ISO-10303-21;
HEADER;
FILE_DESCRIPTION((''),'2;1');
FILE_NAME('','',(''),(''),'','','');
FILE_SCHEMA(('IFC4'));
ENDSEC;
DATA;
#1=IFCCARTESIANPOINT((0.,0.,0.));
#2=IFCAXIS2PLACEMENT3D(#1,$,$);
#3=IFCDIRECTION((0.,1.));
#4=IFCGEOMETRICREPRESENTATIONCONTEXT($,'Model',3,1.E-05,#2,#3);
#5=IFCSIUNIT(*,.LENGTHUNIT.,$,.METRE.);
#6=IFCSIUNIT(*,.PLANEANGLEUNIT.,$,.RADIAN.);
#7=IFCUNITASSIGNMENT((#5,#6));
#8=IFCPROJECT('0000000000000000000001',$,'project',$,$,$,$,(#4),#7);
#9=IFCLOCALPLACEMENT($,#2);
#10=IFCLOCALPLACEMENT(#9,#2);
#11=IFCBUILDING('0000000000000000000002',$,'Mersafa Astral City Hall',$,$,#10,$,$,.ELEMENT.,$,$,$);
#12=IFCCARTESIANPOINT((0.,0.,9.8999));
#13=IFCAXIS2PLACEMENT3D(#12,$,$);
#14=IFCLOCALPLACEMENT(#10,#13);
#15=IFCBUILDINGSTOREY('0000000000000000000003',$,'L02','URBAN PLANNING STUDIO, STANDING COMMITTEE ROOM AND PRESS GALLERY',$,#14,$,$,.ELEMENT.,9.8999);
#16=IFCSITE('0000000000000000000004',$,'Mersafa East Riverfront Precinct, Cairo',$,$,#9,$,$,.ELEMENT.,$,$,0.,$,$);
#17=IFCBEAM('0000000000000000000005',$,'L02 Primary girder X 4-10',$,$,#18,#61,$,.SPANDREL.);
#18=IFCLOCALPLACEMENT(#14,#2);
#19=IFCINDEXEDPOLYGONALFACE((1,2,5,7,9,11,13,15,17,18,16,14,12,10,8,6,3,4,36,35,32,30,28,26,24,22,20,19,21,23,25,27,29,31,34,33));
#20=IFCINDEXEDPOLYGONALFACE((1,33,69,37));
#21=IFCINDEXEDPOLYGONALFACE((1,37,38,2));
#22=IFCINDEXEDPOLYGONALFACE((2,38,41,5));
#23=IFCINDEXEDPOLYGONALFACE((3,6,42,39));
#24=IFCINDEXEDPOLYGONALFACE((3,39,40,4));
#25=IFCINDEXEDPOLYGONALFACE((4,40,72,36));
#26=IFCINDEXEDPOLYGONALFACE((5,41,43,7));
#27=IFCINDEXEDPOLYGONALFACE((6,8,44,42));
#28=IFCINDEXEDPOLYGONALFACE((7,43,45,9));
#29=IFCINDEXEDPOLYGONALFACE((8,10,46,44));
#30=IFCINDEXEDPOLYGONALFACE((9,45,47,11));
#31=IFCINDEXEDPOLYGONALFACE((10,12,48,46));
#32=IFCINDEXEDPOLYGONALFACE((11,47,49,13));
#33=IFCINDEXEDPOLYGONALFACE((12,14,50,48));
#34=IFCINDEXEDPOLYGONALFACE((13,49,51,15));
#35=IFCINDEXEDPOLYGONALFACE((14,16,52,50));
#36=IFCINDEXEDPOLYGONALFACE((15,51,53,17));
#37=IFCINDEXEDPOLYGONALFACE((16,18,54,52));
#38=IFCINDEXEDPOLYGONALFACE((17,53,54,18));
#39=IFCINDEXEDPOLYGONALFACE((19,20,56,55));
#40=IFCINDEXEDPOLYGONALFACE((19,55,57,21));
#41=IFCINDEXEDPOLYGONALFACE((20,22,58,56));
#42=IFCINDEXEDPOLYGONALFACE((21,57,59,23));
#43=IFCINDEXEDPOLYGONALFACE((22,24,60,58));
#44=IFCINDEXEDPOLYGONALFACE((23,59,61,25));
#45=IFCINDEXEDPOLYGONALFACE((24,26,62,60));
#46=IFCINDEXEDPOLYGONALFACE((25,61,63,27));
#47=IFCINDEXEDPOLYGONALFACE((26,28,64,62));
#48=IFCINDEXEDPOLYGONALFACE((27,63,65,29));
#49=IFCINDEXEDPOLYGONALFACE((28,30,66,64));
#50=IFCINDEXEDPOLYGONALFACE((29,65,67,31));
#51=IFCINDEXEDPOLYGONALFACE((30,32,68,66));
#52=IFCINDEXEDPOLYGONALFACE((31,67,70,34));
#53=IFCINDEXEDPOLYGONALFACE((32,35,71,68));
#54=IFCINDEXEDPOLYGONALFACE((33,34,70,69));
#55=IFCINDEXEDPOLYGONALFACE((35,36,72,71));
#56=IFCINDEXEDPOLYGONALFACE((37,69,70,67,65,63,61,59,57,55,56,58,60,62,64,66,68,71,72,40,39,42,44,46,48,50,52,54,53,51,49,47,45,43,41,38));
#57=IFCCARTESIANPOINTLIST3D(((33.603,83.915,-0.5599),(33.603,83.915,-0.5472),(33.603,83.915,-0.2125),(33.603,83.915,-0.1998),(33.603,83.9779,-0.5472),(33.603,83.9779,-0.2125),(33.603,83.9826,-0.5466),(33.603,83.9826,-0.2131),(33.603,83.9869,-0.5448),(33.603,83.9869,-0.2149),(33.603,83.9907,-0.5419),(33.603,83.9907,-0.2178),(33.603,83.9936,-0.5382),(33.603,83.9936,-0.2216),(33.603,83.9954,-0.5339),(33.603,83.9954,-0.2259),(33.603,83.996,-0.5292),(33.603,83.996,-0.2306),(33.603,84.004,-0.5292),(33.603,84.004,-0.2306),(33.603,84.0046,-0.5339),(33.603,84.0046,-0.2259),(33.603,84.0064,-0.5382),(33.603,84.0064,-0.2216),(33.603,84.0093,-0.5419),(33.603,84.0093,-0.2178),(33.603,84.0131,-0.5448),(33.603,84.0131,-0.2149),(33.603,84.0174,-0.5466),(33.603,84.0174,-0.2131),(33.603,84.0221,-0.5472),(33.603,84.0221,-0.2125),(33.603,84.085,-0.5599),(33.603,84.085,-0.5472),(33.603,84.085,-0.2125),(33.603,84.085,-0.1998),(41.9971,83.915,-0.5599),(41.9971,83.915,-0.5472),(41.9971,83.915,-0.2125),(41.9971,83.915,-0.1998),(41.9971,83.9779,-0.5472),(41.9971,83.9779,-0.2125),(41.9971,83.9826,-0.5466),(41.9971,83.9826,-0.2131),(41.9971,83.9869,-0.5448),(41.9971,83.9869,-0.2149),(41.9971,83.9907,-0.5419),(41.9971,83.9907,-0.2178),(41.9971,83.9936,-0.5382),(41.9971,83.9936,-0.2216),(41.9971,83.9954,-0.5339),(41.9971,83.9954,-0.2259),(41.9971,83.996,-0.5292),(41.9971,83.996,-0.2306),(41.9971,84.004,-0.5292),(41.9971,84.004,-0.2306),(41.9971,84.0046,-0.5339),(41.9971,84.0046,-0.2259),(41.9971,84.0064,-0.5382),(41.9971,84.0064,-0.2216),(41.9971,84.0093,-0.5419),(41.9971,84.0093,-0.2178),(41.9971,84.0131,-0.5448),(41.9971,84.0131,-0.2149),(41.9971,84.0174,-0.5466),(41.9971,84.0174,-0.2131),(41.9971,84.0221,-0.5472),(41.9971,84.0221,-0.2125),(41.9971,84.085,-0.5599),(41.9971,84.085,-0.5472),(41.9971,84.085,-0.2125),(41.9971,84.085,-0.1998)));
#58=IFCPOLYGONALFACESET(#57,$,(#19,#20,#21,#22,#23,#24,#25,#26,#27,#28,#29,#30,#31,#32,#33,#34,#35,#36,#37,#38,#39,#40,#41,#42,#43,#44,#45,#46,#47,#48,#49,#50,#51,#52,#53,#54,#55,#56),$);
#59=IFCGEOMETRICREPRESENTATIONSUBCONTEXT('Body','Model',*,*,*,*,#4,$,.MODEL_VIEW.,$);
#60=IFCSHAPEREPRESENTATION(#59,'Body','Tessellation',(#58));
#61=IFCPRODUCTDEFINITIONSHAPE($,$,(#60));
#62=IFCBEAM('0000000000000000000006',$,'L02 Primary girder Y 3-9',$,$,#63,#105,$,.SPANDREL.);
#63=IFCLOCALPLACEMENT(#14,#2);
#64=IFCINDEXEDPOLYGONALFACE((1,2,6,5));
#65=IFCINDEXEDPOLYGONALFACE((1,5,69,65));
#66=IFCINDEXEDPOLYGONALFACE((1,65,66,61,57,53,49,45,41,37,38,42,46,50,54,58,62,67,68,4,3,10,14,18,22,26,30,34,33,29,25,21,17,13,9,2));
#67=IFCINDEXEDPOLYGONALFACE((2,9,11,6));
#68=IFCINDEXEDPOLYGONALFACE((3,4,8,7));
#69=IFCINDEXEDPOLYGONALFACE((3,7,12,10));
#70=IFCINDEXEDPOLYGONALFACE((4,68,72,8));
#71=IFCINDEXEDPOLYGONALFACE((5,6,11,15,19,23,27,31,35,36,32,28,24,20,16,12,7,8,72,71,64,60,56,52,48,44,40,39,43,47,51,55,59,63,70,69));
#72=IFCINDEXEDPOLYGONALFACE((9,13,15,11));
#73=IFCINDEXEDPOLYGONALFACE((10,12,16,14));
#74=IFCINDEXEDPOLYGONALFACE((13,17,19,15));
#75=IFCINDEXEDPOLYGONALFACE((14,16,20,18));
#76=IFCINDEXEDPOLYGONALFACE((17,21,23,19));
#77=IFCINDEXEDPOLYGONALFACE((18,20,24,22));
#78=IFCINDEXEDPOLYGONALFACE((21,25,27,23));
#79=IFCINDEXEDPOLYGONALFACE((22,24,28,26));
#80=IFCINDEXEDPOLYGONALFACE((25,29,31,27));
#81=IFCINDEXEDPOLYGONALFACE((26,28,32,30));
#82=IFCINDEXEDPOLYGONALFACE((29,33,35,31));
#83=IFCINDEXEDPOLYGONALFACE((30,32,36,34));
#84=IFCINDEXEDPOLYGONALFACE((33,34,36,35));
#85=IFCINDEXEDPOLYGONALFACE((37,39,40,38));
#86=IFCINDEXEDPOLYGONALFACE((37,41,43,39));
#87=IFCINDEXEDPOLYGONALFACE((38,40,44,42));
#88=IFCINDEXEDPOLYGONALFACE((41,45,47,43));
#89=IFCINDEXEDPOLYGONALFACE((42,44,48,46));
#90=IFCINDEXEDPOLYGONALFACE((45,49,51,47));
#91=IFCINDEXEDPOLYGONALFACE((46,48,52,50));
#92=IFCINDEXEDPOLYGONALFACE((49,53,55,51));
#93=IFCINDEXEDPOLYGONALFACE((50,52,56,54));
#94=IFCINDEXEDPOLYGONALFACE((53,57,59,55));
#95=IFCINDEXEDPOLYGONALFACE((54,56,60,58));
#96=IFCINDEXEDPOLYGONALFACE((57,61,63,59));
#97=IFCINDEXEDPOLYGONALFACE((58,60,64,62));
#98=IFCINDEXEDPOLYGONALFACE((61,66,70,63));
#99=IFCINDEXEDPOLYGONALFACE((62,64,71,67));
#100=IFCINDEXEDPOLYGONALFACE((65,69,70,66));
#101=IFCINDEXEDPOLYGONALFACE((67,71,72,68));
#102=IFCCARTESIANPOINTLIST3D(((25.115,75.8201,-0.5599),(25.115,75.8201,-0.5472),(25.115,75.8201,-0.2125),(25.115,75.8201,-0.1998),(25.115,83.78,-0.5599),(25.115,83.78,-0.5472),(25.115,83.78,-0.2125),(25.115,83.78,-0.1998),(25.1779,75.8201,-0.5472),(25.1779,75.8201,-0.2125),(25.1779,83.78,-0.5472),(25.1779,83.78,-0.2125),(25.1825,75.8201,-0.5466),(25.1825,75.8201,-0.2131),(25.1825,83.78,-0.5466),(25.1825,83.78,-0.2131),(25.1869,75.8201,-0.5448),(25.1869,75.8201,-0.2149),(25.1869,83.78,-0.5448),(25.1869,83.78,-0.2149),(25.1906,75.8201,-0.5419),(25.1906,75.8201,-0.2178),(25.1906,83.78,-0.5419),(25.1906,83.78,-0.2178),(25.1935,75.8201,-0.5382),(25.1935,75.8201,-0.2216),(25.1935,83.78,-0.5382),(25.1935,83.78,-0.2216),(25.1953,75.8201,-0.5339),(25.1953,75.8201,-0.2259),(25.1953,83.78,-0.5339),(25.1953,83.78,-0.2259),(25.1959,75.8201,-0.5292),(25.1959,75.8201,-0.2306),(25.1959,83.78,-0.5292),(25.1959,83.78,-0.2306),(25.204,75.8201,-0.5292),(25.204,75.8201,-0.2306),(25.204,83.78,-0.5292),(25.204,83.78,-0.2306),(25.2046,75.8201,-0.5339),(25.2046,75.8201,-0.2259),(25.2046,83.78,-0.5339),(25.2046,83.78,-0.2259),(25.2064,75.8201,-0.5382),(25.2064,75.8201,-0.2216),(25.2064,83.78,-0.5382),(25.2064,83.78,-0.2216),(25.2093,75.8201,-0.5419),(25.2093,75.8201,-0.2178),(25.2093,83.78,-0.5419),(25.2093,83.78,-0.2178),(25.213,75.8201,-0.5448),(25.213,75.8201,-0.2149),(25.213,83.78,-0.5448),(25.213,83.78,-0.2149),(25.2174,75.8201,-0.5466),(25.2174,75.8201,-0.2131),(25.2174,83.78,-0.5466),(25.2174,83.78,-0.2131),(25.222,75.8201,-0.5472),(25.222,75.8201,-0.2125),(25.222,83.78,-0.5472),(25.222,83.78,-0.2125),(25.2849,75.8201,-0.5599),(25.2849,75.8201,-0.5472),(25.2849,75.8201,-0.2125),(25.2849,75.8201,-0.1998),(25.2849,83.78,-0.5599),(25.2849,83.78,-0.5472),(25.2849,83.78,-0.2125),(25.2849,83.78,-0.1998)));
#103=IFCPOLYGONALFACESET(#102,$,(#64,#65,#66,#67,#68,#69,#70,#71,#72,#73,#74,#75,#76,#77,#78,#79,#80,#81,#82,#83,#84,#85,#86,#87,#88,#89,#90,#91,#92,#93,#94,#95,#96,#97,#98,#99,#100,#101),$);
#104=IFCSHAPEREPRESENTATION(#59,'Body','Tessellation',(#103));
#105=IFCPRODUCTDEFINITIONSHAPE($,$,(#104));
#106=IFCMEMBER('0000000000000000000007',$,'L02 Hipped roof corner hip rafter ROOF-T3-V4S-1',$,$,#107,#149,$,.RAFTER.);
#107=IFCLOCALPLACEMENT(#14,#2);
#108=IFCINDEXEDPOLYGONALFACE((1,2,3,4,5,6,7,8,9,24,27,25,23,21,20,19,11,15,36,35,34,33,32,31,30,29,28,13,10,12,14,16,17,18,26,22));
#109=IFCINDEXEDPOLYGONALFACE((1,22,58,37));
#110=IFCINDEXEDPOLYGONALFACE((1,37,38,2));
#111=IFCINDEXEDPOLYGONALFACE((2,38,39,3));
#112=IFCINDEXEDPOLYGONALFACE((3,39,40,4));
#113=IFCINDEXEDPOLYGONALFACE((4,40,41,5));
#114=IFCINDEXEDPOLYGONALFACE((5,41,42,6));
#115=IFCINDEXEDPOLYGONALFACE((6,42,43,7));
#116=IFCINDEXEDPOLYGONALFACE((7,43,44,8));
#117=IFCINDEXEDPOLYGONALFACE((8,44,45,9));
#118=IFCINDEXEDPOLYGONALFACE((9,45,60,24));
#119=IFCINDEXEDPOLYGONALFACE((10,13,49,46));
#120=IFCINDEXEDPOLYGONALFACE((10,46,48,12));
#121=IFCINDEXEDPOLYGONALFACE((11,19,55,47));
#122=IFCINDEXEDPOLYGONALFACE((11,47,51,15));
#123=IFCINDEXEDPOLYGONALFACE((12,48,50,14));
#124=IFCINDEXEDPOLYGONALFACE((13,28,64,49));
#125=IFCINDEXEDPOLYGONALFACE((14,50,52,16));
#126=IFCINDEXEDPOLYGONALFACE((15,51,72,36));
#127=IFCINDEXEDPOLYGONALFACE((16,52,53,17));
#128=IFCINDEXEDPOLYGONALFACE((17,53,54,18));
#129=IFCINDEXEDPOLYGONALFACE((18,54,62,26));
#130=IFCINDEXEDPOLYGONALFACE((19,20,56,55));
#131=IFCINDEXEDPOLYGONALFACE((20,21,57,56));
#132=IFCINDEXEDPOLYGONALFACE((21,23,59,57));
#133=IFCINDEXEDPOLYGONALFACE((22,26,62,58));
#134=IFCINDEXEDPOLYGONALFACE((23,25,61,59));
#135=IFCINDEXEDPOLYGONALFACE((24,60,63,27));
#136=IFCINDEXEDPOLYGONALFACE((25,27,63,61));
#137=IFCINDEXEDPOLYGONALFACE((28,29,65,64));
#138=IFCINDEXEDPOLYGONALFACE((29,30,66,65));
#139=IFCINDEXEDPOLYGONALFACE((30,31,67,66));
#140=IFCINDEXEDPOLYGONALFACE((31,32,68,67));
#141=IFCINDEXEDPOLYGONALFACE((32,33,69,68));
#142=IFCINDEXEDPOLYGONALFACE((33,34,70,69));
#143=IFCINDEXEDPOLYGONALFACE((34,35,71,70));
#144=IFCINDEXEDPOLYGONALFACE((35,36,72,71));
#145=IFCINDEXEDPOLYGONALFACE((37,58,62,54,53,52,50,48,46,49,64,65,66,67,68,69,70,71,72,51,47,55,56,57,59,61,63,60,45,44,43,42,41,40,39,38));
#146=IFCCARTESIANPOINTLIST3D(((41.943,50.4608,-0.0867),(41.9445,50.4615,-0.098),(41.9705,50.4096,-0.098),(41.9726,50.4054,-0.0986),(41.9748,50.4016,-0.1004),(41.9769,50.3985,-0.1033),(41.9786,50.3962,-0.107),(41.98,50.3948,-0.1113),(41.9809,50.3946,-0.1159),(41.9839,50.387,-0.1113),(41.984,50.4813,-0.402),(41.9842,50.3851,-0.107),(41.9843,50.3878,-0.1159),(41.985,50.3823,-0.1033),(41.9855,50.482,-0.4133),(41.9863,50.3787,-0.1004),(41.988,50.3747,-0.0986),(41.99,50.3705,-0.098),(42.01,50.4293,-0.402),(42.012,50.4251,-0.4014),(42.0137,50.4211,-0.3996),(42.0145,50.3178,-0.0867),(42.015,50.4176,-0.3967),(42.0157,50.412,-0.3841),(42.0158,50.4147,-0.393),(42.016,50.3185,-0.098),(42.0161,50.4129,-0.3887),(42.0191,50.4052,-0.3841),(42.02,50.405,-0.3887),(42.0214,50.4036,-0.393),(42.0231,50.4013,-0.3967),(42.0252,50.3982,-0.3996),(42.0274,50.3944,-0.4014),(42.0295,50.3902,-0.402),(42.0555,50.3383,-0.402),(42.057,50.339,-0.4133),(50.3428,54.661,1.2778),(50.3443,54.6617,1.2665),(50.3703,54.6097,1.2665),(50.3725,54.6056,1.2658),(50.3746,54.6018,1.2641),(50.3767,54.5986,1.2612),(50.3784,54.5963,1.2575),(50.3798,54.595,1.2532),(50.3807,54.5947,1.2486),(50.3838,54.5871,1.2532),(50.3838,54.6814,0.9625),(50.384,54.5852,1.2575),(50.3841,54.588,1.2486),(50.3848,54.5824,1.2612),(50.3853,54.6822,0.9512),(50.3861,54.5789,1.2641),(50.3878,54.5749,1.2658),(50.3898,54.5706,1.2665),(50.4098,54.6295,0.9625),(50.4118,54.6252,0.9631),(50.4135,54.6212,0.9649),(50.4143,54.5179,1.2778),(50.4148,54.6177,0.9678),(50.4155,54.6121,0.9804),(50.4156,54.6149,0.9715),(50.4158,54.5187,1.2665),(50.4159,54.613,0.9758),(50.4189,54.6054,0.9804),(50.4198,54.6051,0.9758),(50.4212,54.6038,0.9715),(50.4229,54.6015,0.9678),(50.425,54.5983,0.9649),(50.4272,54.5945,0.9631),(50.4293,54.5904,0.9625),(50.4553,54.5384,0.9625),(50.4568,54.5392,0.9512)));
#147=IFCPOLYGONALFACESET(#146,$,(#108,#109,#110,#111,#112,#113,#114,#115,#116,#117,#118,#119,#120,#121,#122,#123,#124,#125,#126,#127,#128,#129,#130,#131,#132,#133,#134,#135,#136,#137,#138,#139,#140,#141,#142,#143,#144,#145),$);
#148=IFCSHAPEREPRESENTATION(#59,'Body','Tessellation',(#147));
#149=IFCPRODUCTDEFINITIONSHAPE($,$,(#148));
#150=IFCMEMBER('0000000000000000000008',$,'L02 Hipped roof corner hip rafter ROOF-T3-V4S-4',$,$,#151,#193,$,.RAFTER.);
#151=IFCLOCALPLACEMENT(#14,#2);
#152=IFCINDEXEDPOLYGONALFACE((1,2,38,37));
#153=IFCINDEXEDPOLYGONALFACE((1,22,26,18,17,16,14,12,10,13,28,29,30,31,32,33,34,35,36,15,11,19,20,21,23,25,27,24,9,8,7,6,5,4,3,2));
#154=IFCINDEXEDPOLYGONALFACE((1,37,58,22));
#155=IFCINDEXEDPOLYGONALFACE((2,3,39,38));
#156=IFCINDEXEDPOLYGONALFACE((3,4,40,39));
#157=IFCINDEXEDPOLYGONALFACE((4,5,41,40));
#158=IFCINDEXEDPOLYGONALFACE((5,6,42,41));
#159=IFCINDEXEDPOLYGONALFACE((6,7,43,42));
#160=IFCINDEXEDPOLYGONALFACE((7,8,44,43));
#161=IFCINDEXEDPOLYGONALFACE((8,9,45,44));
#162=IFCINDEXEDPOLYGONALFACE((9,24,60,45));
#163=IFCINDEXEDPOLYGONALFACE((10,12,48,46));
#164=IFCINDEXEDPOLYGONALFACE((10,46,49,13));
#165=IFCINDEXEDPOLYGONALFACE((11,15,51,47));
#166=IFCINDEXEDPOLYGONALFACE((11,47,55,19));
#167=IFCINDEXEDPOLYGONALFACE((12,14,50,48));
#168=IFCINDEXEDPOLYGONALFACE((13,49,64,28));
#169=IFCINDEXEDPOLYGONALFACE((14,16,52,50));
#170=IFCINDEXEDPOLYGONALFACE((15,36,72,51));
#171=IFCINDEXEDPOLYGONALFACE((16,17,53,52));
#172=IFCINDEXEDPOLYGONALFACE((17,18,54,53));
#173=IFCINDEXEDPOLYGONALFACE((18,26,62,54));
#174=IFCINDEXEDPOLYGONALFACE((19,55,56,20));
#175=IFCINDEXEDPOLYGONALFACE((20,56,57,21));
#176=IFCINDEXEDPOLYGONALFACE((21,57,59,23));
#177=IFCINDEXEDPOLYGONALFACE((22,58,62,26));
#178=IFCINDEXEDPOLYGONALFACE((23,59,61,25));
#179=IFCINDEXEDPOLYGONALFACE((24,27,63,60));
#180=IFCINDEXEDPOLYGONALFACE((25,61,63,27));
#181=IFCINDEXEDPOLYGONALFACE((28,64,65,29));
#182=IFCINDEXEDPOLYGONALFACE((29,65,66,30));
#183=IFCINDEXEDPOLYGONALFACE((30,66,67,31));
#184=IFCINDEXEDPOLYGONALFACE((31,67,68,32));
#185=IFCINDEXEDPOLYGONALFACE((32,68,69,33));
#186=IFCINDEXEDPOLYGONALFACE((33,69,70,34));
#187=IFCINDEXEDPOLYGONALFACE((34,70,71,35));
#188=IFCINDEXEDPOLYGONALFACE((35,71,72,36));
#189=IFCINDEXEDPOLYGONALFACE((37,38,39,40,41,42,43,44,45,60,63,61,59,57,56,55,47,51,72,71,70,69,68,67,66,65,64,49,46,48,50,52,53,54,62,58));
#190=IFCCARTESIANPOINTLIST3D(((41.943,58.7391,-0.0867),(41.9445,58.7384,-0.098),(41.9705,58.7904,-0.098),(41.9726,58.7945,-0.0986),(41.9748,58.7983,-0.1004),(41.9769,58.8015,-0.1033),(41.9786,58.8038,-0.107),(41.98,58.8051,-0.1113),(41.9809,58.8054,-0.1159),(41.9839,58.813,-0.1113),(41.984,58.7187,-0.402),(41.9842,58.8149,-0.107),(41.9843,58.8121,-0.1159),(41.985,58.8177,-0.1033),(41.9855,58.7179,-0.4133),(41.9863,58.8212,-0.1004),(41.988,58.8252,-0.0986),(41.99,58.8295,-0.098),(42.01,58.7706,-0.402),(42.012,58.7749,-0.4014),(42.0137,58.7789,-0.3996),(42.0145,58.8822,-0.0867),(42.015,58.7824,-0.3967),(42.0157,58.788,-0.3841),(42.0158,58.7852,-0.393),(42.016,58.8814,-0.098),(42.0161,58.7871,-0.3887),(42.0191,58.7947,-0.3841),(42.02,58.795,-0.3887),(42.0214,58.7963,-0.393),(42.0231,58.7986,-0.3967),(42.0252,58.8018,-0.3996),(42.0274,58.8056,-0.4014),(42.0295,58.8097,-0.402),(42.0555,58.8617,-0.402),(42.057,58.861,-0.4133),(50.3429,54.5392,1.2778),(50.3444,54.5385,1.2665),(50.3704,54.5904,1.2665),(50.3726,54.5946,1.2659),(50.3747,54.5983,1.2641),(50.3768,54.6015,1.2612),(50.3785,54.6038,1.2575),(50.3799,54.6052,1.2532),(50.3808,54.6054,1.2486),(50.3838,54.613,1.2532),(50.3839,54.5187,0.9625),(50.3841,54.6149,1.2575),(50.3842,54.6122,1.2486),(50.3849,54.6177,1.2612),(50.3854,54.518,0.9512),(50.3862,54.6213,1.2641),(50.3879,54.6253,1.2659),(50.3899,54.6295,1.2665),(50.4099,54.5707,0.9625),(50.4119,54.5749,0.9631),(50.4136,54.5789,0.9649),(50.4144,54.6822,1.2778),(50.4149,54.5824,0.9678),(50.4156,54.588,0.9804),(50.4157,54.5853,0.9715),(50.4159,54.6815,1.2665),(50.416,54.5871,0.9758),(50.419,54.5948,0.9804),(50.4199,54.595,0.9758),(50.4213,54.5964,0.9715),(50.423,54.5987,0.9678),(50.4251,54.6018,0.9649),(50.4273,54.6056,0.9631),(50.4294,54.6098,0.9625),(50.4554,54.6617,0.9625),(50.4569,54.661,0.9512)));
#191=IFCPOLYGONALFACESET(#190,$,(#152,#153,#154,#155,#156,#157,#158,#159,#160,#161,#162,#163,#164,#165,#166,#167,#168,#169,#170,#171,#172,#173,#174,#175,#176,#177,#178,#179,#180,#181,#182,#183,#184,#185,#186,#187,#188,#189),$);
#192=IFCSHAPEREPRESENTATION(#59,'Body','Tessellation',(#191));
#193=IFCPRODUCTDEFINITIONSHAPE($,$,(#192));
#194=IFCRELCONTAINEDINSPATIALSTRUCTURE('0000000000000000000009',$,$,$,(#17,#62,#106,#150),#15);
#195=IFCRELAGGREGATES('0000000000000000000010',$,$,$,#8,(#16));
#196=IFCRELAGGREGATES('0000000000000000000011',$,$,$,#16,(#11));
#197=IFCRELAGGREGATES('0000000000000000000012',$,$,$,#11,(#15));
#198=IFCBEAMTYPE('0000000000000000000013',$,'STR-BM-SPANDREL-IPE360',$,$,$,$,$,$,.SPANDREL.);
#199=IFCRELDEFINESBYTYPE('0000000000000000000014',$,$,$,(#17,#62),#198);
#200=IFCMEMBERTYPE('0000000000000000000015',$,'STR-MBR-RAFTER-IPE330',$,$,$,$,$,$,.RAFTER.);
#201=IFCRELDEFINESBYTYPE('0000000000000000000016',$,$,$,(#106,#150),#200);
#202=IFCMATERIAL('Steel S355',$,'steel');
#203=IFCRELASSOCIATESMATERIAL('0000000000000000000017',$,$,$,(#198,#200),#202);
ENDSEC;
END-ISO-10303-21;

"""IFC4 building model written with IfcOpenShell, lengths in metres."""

from ifc_helpers import new_model, si_unit, direction, frame, origin, origin_2d, place, context, subcontext, project, spatial, i_section, extrude, material, material_profile, profile_set, type_object, element, save


model = new_model("IFC4")

# Units and contexts
model_context = context("Model", 3, precision=1e-05, world=origin(), true_north=direction((0.0, 1.0)))
body_context = subcontext(model_context, "Body", "Model", "MODEL_VIEW")
ifc_project = project(units=[si_unit("LENGTHUNIT", "METRE"), si_unit("PLANEANGLEUNIT", "RADIAN")], contexts=[model_context])

# Site, building, storey
site_placement = place(None, origin())
site = spatial("IfcSite", under=ifc_project, at=site_placement, Name="Mersafa East Riverfront Precinct, Cairo", CompositionType="ELEMENT", RefElevation=0.0)
building_placement = place(site_placement, origin())
building = spatial("IfcBuilding", under=site, at=building_placement, Name="Mersafa Astral City Hall", CompositionType="ELEMENT")
storey_placement = place(building_placement, frame((0.0, 0.0, 9.8999)))
storey = spatial("IfcBuildingStorey", under=building, at=storey_placement, Name="L02", Description="URBAN PLANNING STUDIO, STANDING COMMITTEE ROOM AND PRESS GALLERY", CompositionType="ELEMENT", Elevation=9.8999)

# Shared definitions
ifc_material_1 = material(Name="Steel S355", Category="steel")

# Beams
ifc_material_profile_1 = material_profile(ifc_material_1, i_section(OverallWidth=0.1699, OverallDepth=0.3601, WebThickness=0.0081, FlangeThickness=0.0127, FilletRadius=0.0181, at=origin_2d()), Name="IPE 360")
ifc_profile_set_1 = profile_set([ifc_material_profile_1], Name="Steel S355")
beam_type_1 = type_object("IfcBeamType", Name="STR-BM-SPANDREL-IPE360", PredefinedType="SPANDREL", material=ifc_profile_set_1)
beam_1_placement = place(storey_placement, frame((33.603, 84.0, -0.3799), z_axis=(1.0, 0.0, 0.0), x_axis=(0.0, 1.0, 0.0)))
element("IfcBeam", 1, at=beam_1_placement, inside=storey, type_object=beam_type_1, Name="L02 Primary girder X 4-10", PredefinedType="SPANDREL", context=body_context, shape_type="SweptSolid", body=[
    extrude(i_section(OverallWidth=0.1699, OverallDepth=0.3601, WebThickness=0.0081, FlangeThickness=0.0127, FilletRadius=0.0181, at=origin_2d()), origin(), (0.0, 0.0, 1.0), 8.394),
])
beam_2_placement = place(storey_placement, frame((25.2, 75.8201, -0.3799), z_axis=(0.0, 1.0, 0.0), x_axis=(-1.0, 0.0, 0.0)))
element("IfcBeam", 2, at=beam_2_placement, inside=storey, type_object=beam_type_1, Name="L02 Primary girder Y 3-9", PredefinedType="SPANDREL", context=body_context, shape_type="SweptSolid", body=[
    extrude(i_section(OverallWidth=0.1699, OverallDepth=0.3601, WebThickness=0.0081, FlangeThickness=0.0127, FilletRadius=0.0181, at=origin_2d()), origin(), (0.0, 0.0, 1.0), 7.96),
])

# Members
ifc_material_profile_2 = material_profile(ifc_material_1, i_section(OverallWidth=0.1599, OverallDepth=0.3301, WebThickness=0.0076, FlangeThickness=0.0115, FilletRadius=0.0181, at=origin_2d()), Name="IPE 330")
ifc_profile_set_2 = profile_set([ifc_material_profile_2], Name="Steel S355")
member_type = type_object("IfcMemberType", Name="STR-MBR-RAFTER-IPE330", PredefinedType="RAFTER", material=ifc_profile_set_2)
for number, where, z_axis, x_axis, name in (
    (3, (42.0, 50.3999, -0.25), (0.885123, 0.442587, 0.143782), (-0.447234, 0.894417, 0.0), "L02 Hipped roof corner hip rafter ROOF-T3-V4S-1"),
    (4, (42.0, 58.8, -0.25), (0.885133, -0.442567, 0.143783), (0.447214, 0.894427, 0.0), "L02 Hipped roof corner hip rafter ROOF-T3-V4S-4"),
):
    element("IfcMember", number, at=place(storey_placement, frame(where, z_axis=z_axis, x_axis=x_axis)), inside=storey, type_object=member_type, Name=name, PredefinedType="RAFTER", context=body_context, shape_type="SweptSolid", body=[
        extrude(i_section(OverallWidth=0.1599, OverallDepth=0.3301, WebThickness=0.0076, FlangeThickness=0.0115, FilletRadius=0.0181, at=origin_2d()), origin(), (0.0, 0.0, 1.0), 9.49),
    ])

save(model, "model.ifc")
